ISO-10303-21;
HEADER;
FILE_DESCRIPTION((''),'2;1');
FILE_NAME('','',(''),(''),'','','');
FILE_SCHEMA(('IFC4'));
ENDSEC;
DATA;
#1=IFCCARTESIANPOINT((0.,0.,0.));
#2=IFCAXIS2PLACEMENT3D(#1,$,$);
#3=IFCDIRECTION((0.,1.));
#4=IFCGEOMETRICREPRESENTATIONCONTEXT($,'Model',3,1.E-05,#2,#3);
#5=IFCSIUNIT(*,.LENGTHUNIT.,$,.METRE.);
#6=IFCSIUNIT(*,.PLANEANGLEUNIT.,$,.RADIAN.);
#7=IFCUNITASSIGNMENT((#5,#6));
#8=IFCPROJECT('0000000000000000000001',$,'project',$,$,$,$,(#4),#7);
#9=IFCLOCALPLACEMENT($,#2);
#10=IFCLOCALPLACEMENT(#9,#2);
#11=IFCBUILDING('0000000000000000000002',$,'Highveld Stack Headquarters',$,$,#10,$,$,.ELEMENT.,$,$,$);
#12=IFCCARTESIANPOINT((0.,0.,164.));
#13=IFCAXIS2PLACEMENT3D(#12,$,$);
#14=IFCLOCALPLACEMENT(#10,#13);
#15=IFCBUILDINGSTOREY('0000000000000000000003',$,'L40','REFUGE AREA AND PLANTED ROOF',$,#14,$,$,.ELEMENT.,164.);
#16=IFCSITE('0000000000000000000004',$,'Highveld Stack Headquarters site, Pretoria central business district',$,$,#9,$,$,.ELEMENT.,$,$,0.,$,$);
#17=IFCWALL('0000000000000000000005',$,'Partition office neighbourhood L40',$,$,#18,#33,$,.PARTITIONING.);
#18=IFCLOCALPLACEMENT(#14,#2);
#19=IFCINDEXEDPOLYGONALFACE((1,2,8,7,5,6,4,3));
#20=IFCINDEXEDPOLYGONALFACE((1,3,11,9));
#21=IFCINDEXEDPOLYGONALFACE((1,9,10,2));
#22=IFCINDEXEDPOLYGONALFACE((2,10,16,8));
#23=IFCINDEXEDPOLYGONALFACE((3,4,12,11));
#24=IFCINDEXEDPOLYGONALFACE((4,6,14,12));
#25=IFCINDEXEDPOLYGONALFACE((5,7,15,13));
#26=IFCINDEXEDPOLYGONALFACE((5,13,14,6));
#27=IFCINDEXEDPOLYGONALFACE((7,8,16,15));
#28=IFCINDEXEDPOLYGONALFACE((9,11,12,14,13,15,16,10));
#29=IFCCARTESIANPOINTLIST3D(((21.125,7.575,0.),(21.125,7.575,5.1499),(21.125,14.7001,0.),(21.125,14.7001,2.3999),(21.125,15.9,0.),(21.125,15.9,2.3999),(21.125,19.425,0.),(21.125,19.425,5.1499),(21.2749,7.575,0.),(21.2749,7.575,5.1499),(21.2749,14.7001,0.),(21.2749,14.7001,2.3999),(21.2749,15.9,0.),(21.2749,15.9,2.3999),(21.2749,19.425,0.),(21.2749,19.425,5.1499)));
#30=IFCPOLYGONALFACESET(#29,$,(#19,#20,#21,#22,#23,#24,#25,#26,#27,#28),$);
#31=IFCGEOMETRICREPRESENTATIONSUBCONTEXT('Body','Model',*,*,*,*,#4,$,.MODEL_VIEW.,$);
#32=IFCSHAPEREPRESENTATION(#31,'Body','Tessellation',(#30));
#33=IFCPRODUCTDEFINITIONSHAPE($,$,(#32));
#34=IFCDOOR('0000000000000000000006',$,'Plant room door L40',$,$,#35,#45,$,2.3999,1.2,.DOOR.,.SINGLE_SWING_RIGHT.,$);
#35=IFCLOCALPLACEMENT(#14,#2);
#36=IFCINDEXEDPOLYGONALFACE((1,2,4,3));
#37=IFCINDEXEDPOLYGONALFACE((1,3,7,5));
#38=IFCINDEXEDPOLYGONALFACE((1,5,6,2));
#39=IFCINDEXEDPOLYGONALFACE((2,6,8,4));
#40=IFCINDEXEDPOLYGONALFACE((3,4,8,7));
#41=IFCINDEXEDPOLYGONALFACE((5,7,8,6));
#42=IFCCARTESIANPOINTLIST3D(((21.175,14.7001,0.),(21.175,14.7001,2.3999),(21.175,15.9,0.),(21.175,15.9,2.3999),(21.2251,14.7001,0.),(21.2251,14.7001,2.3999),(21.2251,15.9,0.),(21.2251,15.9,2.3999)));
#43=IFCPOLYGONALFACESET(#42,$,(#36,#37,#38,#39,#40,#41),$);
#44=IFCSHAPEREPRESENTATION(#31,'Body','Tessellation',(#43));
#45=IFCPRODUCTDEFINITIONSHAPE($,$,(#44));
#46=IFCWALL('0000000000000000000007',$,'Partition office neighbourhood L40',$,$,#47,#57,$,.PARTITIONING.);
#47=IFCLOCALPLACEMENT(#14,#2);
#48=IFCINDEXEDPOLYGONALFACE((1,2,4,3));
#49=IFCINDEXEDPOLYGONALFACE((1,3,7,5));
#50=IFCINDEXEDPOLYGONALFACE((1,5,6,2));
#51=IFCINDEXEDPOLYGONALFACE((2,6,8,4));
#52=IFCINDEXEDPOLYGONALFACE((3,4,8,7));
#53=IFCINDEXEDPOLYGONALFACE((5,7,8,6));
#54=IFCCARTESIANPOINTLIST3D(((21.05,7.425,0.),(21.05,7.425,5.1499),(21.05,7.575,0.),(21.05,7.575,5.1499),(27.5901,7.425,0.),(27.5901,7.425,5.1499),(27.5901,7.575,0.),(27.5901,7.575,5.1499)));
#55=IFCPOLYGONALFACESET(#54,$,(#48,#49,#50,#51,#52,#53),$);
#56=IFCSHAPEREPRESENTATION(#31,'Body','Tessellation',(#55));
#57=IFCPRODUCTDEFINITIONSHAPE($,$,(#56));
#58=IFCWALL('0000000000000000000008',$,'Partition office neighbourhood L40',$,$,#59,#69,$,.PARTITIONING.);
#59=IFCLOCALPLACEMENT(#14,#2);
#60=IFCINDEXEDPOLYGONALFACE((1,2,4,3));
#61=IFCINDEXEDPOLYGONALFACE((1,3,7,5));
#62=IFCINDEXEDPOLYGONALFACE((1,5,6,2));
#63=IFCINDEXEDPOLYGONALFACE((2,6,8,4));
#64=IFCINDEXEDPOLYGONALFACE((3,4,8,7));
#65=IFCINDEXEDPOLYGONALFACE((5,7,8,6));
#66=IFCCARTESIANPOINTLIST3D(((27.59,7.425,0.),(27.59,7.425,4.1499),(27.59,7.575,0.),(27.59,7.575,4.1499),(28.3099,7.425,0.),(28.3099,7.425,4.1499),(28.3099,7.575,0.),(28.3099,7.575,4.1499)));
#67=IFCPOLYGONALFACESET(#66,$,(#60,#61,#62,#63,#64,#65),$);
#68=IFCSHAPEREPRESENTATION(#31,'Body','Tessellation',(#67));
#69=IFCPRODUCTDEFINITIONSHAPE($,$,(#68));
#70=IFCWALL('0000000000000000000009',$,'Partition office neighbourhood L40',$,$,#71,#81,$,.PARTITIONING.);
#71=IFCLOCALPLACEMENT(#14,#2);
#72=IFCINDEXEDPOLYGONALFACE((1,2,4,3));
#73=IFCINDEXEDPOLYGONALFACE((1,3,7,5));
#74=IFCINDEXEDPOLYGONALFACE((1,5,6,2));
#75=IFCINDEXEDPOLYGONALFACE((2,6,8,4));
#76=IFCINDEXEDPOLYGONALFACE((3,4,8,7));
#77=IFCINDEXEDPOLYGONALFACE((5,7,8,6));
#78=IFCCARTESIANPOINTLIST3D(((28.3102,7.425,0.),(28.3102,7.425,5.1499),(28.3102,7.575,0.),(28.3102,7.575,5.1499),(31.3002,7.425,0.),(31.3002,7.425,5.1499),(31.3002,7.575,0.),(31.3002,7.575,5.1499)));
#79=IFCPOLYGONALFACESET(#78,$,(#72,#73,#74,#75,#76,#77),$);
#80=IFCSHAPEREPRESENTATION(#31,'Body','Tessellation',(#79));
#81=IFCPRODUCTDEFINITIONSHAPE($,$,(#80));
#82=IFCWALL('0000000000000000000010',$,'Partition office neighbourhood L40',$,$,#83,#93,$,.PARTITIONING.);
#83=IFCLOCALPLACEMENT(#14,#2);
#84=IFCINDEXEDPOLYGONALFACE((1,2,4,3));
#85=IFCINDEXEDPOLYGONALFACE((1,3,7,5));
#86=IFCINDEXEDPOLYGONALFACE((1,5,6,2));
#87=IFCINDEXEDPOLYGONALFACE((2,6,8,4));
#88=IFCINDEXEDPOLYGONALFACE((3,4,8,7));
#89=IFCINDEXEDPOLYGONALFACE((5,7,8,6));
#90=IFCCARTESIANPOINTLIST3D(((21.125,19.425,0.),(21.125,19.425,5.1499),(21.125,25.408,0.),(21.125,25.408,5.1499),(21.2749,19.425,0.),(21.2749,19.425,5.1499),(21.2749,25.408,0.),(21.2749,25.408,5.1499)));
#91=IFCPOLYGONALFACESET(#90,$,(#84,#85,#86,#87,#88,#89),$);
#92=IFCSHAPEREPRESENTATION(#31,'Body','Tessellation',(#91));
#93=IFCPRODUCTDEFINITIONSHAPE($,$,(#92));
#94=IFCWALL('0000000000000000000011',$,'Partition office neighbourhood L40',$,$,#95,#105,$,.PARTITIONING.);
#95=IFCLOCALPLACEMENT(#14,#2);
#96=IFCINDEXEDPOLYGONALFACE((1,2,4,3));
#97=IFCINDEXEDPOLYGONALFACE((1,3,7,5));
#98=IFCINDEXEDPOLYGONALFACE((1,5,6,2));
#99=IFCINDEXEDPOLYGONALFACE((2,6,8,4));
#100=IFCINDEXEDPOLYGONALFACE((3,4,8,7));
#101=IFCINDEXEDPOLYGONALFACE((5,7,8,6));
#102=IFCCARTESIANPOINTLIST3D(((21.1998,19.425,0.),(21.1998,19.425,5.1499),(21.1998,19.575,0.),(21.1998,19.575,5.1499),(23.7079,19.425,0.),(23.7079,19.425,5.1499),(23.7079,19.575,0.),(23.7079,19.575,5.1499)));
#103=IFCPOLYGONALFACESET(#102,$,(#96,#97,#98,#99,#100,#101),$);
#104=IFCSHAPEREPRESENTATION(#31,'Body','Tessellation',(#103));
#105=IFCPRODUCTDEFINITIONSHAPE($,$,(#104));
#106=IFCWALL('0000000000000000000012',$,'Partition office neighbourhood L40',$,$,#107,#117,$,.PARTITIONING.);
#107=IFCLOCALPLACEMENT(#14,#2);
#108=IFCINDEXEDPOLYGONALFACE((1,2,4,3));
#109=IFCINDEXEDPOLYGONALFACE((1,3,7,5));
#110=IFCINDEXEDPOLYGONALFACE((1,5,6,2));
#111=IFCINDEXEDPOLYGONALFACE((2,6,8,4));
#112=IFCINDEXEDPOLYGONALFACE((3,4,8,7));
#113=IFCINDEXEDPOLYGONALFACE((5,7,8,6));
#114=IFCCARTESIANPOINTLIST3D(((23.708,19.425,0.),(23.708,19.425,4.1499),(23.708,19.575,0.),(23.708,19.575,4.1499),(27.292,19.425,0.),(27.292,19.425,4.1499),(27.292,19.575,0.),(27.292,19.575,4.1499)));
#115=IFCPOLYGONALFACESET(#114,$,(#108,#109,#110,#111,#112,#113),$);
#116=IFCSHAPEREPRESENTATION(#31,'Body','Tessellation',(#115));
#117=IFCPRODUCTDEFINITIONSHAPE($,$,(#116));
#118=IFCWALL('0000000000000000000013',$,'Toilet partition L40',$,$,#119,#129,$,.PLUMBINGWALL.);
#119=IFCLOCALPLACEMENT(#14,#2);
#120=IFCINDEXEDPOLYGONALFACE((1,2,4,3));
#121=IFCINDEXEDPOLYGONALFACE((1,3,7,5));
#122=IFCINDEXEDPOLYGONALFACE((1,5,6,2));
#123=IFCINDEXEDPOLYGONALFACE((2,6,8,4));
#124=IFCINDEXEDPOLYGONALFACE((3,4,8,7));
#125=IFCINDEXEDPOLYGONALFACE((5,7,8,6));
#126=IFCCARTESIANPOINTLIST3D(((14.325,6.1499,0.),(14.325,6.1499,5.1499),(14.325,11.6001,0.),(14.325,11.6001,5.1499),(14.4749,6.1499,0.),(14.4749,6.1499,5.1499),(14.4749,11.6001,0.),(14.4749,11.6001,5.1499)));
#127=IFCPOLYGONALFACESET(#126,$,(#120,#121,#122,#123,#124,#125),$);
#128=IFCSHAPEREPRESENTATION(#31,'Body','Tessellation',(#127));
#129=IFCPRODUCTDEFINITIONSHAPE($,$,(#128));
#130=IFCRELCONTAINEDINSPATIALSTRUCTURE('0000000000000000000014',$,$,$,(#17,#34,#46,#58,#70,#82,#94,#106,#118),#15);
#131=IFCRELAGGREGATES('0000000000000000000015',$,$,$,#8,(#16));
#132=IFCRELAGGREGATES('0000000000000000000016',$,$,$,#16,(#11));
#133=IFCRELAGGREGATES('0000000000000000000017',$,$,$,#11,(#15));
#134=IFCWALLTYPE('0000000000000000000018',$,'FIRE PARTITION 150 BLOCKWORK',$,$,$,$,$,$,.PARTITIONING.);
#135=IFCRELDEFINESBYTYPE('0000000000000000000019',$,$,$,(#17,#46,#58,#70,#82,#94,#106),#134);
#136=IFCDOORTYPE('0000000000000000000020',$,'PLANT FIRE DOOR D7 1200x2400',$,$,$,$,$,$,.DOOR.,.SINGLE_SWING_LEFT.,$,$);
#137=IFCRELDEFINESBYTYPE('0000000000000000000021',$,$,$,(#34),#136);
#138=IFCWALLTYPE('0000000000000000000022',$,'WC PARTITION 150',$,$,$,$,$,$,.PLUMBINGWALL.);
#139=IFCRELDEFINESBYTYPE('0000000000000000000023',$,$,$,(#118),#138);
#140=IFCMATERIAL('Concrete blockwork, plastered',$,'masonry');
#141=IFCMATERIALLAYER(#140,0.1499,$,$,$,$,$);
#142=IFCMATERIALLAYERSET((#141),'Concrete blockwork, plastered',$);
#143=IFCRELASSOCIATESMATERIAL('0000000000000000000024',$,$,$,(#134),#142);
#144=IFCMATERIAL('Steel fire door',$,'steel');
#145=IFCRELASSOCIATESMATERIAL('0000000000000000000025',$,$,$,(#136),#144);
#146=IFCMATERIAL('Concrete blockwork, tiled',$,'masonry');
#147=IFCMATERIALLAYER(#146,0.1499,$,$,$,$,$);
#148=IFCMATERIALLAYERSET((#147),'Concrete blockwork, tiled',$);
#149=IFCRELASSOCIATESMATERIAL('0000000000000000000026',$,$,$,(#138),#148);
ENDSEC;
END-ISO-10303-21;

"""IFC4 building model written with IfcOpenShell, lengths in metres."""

from ifc_helpers import new_model, si_unit, direction, frame, frame_2d, origin, place, context, subcontext, project, spatial, rectangle, extrude, material, layer, layer_set, type_object, element, fill, save


model = new_model("IFC4")

# Units and contexts
model_context = context("Model", 3, precision=1e-05, world=origin(), true_north=direction((0.0, 1.0)))
body_context = subcontext(model_context, "Body", "Model", "MODEL_VIEW")
ifc_project = project(units=[si_unit("LENGTHUNIT", "METRE"), si_unit("PLANEANGLEUNIT", "RADIAN")], contexts=[model_context])

# Site, building, storey
site_placement = place(None, origin())
site = spatial("IfcSite", under=ifc_project, at=site_placement, Name="Highveld Stack Headquarters site, Pretoria central business district", CompositionType="ELEMENT", RefElevation=0.0)
building_placement = place(site_placement, origin())
building = spatial("IfcBuilding", under=site, at=building_placement, Name="Highveld Stack Headquarters", CompositionType="ELEMENT")
storey_placement = place(building_placement, frame((0.0, 0.0, 164.0)))
storey = spatial("IfcBuildingStorey", under=building, at=storey_placement, Name="L40", Description="REFUGE AREA AND PLANTED ROOF", CompositionType="ELEMENT", Elevation=164.0)

# Wall, opening, door
ifc_material_1 = material(Name="Concrete blockwork, plastered", Category="masonry")
ifc_layer_1 = layer(ifc_material_1, 0.1499)
ifc_layer_set_1 = layer_set([ifc_layer_1], Name="Concrete blockwork, plastered")
wall_type_1 = type_object("IfcWallType", Name="FIRE PARTITION 150 BLOCKWORK", PredefinedType="PARTITIONING", material=ifc_layer_set_1)
ifc_material_2 = material(Name="Steel fire door", Category="steel")
door_type = type_object("IfcDoorType", Name="PLANT FIRE DOOR D7 1200x2400", OperationType="SINGLE_SWING_LEFT", PredefinedType="DOOR", material=ifc_material_2)
wall_1_placement = place(storey_placement, frame((21.2, 7.575, 0.0), z_axis=(0.0, 0.0, 1.0), x_axis=(0.0, 1.0, 0.0)))
wall_1 = element("IfcWall", 1, at=wall_1_placement, inside=storey, type_object=wall_type_1, Name="Partition office neighbourhood L40", PredefinedType="PARTITIONING", context=body_context, shape_type="SweptSolid", body=[
    extrude(rectangle(XDim=11.8501, YDim=0.1499, at=frame_2d((5.925, 0.0))), origin(), (0.0, 0.0, 1.0), 5.1499),
])
opening_1_placement = place(wall_1_placement, frame((7.125, 0.0, 0.0)))
opening_1 = element("IfcOpeningElement", 2, at=opening_1_placement, cuts=wall_1, PredefinedType="OPENING", context=body_context, shape_type="SweptSolid", body=[
    extrude(rectangle(XDim=1.2, YDim=2.3999, at=frame_2d((0.6001, 1.2))), frame((0.0, 0.085, 0.0), z_axis=(0.0, -1.0, 0.0), x_axis=(1.0, 0.0, 0.0)), (0.0, 0.0, 1.0), 0.1699),
])
door_1_placement = place(opening_1_placement, origin())
door_1 = element("IfcDoor", 3, at=door_1_placement, inside=storey, type_object=door_type, Name="Plant room door L40", OperationType="SINGLE_SWING_RIGHT", OverallHeight=2.3999, OverallWidth=1.2, PredefinedType="DOOR", context=body_context, shape_type="SweptSolid", body=[
    extrude(rectangle(XDim=1.2, YDim=2.3999, at=frame_2d((0.6001, 1.2))), frame((0.0, 0.0249, 0.0), z_axis=(0.0, -1.0, 0.0), x_axis=(1.0, 0.0, 0.0)), (0.0, 0.0, 1.0), 0.05),
])
fill(opening_1, door_1)

# Walls
wall_2_placement = place(storey_placement, frame((21.05, 7.5, 0.0), z_axis=(0.0, 0.0, 1.0), x_axis=(1.0, 0.0, 0.0)))
element("IfcWall", 4, at=wall_2_placement, inside=storey, type_object=wall_type_1, Name="Partition office neighbourhood L40", PredefinedType="PARTITIONING", context=body_context, shape_type="SweptSolid", body=[
    extrude(rectangle(XDim=6.54, YDim=0.1499, at=frame_2d((3.27, 0.0))), origin(), (0.0, 0.0, 1.0), 5.1499),
])
wall_3_placement = place(storey_placement, frame((27.5901, 7.5, 0.0), z_axis=(0.0, 0.0, 1.0), x_axis=(1.0, 0.0, 0.0)))
element("IfcWall", 5, at=wall_3_placement, inside=storey, type_object=wall_type_1, Name="Partition office neighbourhood L40", PredefinedType="PARTITIONING", context=body_context, shape_type="SweptSolid", body=[
    extrude(rectangle(XDim=0.72, YDim=0.1499, at=frame_2d((0.3599, 0.0))), origin(), (0.0, 0.0, 1.0), 4.1499),
])
wall_4_placement = place(storey_placement, frame((28.3101, 7.5, 0.0), z_axis=(0.0, 0.0, 1.0), x_axis=(1.0, 0.0, 0.0)))
element("IfcWall", 6, at=wall_4_placement, inside=storey, type_object=wall_type_1, Name="Partition office neighbourhood L40", PredefinedType="PARTITIONING", context=body_context, shape_type="SweptSolid", body=[
    extrude(rectangle(XDim=2.99, YDim=0.1499, at=frame_2d((1.4951, 0.0))), origin(), (0.0, 0.0, 1.0), 5.1499),
])
wall_5_placement = place(storey_placement, frame((21.2, 19.425, 0.0), z_axis=(0.0, 0.0, 1.0), x_axis=(0.0, 1.0, 0.0)))
element("IfcWall", 7, at=wall_5_placement, inside=storey, type_object=wall_type_1, Name="Partition office neighbourhood L40", PredefinedType="PARTITIONING", context=body_context, shape_type="SweptSolid", body=[
    extrude(rectangle(XDim=5.9829, YDim=0.1499, at=frame_2d((2.9915, 0.0))), origin(), (0.0, 0.0, 1.0), 5.1499),
])
wall_6_placement = place(storey_placement, frame((21.2, 19.5, 0.0), z_axis=(0.0, 0.0, 1.0), x_axis=(1.0, 0.0, 0.0)))
element("IfcWall", 8, at=wall_6_placement, inside=storey, type_object=wall_type_1, Name="Partition office neighbourhood L40", PredefinedType="PARTITIONING", context=body_context, shape_type="SweptSolid", body=[
    extrude(rectangle(XDim=2.5081, YDim=0.1499, at=frame_2d((1.2539, 0.0))), origin(), (0.0, 0.0, 1.0), 5.1499),
])
wall_7_placement = place(storey_placement, frame((23.708, 19.5, 0.0), z_axis=(0.0, 0.0, 1.0), x_axis=(1.0, 0.0, 0.0)))
element("IfcWall", 9, at=wall_7_placement, inside=storey, type_object=wall_type_1, Name="Partition office neighbourhood L40", PredefinedType="PARTITIONING", context=body_context, shape_type="SweptSolid", body=[
    extrude(rectangle(XDim=3.584, YDim=0.1499, at=frame_2d((1.792, 0.0))), origin(), (0.0, 0.0, 1.0), 4.1499),
])
ifc_material_3 = material(Name="Concrete blockwork, tiled", Category="masonry")
ifc_layer_2 = layer(ifc_material_3, 0.1499)
ifc_layer_set_2 = layer_set([ifc_layer_2], Name="Concrete blockwork, tiled")
wall_type_2 = type_object("IfcWallType", Name="WC PARTITION 150", PredefinedType="PLUMBINGWALL", material=ifc_layer_set_2)
wall_8_placement = place(storey_placement, frame((14.3999, 6.1499, 0.0), z_axis=(0.0, 0.0, 1.0), x_axis=(0.0, 1.0, 0.0)))
element("IfcWall", 10, at=wall_8_placement, inside=storey, type_object=wall_type_2, Name="Toilet partition L40", PredefinedType="PLUMBINGWALL", context=body_context, shape_type="SweptSolid", body=[
    extrude(rectangle(XDim=5.4502, YDim=0.1499, at=frame_2d((2.7251, 0.0))), origin(), (0.0, 0.0, 1.0), 5.1499),
])

save(model, "model.ifc")
